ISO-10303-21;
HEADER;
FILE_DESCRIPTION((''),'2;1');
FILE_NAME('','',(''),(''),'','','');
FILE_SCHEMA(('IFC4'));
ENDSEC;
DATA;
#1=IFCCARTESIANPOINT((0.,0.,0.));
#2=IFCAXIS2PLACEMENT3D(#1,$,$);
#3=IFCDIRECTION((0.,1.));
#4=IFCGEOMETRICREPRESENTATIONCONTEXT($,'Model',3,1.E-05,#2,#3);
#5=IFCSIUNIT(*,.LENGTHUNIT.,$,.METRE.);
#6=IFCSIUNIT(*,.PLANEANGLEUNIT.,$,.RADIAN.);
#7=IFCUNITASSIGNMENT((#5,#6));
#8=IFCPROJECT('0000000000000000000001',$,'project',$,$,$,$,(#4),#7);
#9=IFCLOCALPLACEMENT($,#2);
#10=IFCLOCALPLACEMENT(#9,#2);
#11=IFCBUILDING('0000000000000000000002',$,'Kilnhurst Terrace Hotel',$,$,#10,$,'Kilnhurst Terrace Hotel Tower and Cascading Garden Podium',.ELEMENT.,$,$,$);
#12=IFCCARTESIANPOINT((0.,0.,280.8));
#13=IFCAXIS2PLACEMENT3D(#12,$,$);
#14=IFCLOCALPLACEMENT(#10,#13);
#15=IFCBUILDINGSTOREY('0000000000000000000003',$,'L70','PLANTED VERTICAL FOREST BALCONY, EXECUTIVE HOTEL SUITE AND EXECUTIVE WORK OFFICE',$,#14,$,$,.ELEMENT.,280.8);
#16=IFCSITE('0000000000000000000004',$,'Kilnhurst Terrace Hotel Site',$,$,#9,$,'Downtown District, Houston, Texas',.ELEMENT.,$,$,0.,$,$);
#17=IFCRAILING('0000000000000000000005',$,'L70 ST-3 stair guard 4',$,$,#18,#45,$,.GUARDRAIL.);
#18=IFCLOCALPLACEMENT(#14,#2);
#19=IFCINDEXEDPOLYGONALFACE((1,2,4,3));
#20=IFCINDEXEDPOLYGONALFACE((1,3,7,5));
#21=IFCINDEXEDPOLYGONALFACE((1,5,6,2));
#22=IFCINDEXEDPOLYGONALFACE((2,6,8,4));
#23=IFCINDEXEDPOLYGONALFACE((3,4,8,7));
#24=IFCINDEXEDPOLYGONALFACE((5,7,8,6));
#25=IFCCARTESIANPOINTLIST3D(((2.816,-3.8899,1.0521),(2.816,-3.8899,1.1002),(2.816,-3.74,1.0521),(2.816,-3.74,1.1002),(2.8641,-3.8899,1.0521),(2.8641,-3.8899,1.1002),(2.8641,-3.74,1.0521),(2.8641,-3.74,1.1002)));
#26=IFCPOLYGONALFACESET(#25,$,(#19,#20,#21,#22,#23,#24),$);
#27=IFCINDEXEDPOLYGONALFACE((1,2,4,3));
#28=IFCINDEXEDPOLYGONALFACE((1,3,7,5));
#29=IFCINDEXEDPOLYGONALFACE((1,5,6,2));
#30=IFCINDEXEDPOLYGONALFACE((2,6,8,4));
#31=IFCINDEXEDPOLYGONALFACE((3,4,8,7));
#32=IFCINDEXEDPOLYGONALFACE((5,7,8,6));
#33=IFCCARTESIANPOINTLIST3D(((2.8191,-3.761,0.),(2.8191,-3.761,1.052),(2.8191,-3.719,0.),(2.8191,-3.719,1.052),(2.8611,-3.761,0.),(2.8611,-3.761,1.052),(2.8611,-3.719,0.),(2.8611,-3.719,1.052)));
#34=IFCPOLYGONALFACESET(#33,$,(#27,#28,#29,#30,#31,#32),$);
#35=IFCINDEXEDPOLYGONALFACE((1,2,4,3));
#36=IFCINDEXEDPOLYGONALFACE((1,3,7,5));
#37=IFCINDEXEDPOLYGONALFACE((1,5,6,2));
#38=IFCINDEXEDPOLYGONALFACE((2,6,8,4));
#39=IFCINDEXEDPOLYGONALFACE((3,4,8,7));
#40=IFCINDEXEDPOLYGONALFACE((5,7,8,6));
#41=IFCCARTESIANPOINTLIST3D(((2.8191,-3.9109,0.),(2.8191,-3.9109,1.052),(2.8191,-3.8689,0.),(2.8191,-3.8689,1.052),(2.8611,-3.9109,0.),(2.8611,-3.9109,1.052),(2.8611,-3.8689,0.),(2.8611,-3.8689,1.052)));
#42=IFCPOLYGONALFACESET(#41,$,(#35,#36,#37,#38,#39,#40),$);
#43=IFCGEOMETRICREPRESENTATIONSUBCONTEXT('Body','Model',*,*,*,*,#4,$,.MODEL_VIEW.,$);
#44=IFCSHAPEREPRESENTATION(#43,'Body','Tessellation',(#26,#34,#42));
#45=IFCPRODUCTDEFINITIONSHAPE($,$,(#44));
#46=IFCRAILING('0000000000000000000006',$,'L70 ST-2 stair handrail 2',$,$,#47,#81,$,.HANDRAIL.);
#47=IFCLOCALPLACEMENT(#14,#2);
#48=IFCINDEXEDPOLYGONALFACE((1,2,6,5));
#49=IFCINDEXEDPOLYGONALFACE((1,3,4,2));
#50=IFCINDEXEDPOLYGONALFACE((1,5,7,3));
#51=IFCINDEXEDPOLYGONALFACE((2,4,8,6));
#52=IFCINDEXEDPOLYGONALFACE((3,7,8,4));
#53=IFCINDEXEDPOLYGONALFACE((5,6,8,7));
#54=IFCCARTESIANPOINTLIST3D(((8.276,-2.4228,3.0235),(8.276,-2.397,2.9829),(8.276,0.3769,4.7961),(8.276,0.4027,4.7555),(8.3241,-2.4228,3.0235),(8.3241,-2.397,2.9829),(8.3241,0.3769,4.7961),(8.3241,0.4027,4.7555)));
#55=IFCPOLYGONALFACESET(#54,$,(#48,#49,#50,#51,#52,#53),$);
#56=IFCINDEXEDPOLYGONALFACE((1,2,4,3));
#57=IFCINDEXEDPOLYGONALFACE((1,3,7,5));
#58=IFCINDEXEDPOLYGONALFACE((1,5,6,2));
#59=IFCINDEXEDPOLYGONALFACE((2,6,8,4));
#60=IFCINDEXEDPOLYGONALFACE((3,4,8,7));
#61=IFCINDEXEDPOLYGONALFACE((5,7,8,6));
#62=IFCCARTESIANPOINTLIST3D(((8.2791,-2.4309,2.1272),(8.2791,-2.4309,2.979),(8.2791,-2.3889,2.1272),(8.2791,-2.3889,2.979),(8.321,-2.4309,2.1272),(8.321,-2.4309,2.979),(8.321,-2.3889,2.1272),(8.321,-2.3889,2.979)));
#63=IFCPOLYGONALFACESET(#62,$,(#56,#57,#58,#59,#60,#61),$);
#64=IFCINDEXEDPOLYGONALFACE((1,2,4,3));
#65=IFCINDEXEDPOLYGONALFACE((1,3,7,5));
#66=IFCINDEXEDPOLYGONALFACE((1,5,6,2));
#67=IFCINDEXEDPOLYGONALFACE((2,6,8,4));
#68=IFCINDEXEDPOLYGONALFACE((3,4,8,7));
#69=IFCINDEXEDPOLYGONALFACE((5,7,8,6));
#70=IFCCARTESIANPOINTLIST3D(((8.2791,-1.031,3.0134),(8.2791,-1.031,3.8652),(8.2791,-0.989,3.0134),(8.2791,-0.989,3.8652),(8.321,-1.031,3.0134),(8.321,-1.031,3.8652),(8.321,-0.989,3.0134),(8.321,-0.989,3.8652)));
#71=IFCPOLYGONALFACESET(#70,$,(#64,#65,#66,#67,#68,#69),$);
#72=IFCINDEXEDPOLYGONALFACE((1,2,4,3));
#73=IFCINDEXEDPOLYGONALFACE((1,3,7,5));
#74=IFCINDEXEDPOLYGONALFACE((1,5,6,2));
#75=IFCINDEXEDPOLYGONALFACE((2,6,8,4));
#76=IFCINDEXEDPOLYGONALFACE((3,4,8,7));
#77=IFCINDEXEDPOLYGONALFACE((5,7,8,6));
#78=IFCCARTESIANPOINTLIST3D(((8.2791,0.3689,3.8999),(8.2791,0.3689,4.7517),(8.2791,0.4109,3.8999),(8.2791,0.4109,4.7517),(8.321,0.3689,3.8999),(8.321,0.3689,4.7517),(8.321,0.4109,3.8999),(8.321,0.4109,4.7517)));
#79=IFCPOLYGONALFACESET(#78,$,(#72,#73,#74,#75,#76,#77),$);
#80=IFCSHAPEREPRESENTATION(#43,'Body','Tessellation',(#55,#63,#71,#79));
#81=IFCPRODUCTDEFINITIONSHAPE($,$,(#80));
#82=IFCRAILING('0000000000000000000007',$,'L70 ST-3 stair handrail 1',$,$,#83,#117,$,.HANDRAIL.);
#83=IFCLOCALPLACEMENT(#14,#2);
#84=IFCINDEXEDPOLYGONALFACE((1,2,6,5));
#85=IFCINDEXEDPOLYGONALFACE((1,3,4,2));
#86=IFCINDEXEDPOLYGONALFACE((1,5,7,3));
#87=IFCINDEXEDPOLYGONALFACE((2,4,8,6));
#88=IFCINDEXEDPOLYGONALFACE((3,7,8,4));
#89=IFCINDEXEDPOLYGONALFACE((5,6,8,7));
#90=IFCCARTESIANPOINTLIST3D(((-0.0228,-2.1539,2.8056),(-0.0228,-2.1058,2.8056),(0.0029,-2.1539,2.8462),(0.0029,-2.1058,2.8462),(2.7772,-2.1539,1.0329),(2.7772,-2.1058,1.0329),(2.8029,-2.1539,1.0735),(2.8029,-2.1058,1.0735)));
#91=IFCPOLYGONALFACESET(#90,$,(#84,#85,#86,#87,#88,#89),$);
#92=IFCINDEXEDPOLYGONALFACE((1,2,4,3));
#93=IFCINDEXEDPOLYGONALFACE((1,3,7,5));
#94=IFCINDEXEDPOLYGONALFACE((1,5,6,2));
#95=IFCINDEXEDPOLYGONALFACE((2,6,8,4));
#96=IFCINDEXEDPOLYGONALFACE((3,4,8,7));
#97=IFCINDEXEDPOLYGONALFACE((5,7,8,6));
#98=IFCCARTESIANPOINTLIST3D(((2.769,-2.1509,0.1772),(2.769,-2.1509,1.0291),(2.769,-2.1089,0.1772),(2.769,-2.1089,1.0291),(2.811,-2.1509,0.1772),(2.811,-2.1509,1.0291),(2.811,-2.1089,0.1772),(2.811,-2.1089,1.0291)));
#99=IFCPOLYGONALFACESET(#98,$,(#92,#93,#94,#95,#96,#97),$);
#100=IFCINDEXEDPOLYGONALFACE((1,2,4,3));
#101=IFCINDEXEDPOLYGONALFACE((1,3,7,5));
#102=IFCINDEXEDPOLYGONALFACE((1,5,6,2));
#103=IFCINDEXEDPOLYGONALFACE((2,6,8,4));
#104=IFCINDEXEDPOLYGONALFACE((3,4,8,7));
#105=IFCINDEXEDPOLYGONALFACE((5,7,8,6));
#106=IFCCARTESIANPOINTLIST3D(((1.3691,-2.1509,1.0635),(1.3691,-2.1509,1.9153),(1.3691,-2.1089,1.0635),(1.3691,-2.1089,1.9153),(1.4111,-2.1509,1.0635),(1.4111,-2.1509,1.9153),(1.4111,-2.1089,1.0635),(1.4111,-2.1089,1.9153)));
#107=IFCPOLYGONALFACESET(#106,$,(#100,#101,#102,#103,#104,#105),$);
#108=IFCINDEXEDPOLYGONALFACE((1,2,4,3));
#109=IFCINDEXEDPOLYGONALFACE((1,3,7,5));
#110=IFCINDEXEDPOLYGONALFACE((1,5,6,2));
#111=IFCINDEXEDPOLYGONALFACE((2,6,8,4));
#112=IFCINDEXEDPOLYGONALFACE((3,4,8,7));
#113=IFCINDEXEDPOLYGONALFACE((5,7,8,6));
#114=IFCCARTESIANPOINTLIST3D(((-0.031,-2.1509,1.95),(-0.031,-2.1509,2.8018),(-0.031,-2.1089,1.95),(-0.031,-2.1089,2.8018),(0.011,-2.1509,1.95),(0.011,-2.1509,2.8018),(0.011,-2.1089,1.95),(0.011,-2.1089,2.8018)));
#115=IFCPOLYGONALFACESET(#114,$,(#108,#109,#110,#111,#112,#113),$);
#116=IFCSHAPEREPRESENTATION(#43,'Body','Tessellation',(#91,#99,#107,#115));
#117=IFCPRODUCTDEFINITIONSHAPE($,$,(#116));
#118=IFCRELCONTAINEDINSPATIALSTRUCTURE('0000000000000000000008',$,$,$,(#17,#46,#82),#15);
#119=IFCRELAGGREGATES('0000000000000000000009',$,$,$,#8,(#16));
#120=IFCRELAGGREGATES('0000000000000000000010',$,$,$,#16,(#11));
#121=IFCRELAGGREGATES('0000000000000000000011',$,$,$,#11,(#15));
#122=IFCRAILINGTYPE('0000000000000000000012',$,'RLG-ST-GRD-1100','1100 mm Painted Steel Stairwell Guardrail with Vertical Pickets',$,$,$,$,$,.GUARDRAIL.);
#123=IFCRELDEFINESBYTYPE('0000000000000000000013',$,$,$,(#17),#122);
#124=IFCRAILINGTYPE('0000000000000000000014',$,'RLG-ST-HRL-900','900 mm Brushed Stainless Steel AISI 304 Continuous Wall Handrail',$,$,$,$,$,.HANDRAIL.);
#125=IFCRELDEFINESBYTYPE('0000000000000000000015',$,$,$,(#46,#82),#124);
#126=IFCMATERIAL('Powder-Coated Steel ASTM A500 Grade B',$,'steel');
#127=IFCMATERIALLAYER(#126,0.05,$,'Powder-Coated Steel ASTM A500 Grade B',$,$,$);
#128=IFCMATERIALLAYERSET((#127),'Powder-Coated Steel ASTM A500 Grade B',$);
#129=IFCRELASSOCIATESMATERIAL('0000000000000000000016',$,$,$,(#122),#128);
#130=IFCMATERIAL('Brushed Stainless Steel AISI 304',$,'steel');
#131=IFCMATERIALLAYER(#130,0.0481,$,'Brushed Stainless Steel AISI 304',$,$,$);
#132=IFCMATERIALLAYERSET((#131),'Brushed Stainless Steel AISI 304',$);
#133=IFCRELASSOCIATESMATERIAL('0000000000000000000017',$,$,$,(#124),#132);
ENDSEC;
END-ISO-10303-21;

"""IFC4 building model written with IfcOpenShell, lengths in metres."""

from ifc_helpers import new_model, si_unit, direction, frame, origin, origin_2d, place, context, subcontext, project, spatial, rectangle, extrude, material, layer, layer_set, type_object, element, save


model = new_model("IFC4")

# Units and contexts
model_context = context("Model", 3, precision=1e-05, world=origin(), true_north=direction((0.0, 1.0)))
body_context = subcontext(model_context, "Body", "Model", "MODEL_VIEW")
ifc_project = project(units=[si_unit("LENGTHUNIT", "METRE"), si_unit("PLANEANGLEUNIT", "RADIAN")], contexts=[model_context])

# Site, building, storey
site_placement = place(None, origin())
site = spatial("IfcSite", under=ifc_project, at=site_placement, Name="Kilnhurst Terrace Hotel Site", LongName="Downtown District, Houston, Texas", CompositionType="ELEMENT", RefElevation=0.0)
building_placement = place(site_placement, origin())
building = spatial("IfcBuilding", under=site, at=building_placement, Name="Kilnhurst Terrace Hotel", LongName="Kilnhurst Terrace Hotel Tower and Cascading Garden Podium", CompositionType="ELEMENT")
storey_placement = place(building_placement, frame((0.0, 0.0, 280.8)))
storey = spatial("IfcBuildingStorey", under=building, at=storey_placement, Name="L70", Description="PLANTED VERTICAL FOREST BALCONY, EXECUTIVE HOTEL SUITE AND EXECUTIVE WORK OFFICE", CompositionType="ELEMENT", Elevation=280.8)

# Railings
ifc_material_1 = material(Name="Powder-Coated Steel ASTM A500 Grade B", Category="steel")
ifc_layer_1 = layer(ifc_material_1, 0.05, Name="Powder-Coated Steel ASTM A500 Grade B")
ifc_layer_set_1 = layer_set([ifc_layer_1], Name="Powder-Coated Steel ASTM A500 Grade B")
railing_type_1 = type_object("IfcRailingType", Name="RLG-ST-GRD-1100", Description="1100 mm Painted Steel Stairwell Guardrail with Vertical Pickets", PredefinedType="GUARDRAIL", material=ifc_layer_set_1)
railing_1_placement = place(storey_placement, frame((2.8401, -3.74, 0.0)))
element("IfcRailing", 1, at=railing_1_placement, inside=storey, type_object=railing_type_1, Name="L70 ST-3 stair guard 4", PredefinedType="GUARDRAIL", context=body_context, shape_type="SweptSolid", body=[
    extrude(rectangle(XDim=0.0481, YDim=0.0481, at=origin_2d()), frame((0.0, 0.0, 1.0762), z_axis=(0.0, -1.0, 0.0), x_axis=(1.0, 0.0, 0.0)), (0.0, 0.0, 1.0), 0.1499),
    extrude(rectangle(XDim=0.042, YDim=0.042, at=origin_2d()), origin(), (0.0, 0.0, 1.0), 1.052),
    extrude(rectangle(XDim=0.042, YDim=0.042, at=origin_2d()), frame((0.0, -0.1499, 0.0)), (0.0, 0.0, 1.0), 1.052),
])
ifc_material_2 = material(Name="Brushed Stainless Steel AISI 304", Category="steel")
ifc_layer_2 = layer(ifc_material_2, 0.0481, Name="Brushed Stainless Steel AISI 304")
ifc_layer_set_2 = layer_set([ifc_layer_2], Name="Brushed Stainless Steel AISI 304")
railing_type_2 = type_object("IfcRailingType", Name="RLG-ST-HRL-900", Description="900 mm Brushed Stainless Steel AISI 304 Continuous Wall Handrail", PredefinedType="HANDRAIL", material=ifc_layer_set_2)
railing_2_placement = place(storey_placement, frame((8.3, -2.4099, 2.1272)))
element("IfcRailing", 2, at=railing_2_placement, inside=storey, type_object=railing_type_2, Name="L70 ST-2 stair handrail 2", PredefinedType="HANDRAIL", context=body_context, shape_type="SweptSolid", body=[
    extrude(rectangle(XDim=0.0481, YDim=0.0481, at=origin_2d()), frame((0.0, 0.0, 0.876), z_axis=(0.0, 0.844888, 0.534943), x_axis=(-1.0, 0.0, 0.0)), (0.0, 0.0, 1.0), 3.3137),
    extrude(rectangle(XDim=0.042, YDim=0.042, at=origin_2d()), origin(), (0.0, 0.0, 1.0), 0.8518),
    extrude(rectangle(XDim=0.042, YDim=0.042, at=origin_2d()), frame((0.0, 1.3999, 0.8862)), (0.0, 0.0, 1.0), 0.8518),
    extrude(rectangle(XDim=0.042, YDim=0.042, at=origin_2d()), frame((0.0, 2.7998, 1.7727)), (0.0, 0.0, 1.0), 0.8518),
])
railing_3_placement = place(storey_placement, frame((2.79, -2.1299, 0.1772)))
element("IfcRailing", 3, at=railing_3_placement, inside=storey, type_object=railing_type_2, Name="L70 ST-3 stair handrail 1", PredefinedType="HANDRAIL", context=body_context, shape_type="SweptSolid", body=[
    extrude(rectangle(XDim=0.0481, YDim=0.0481, at=origin_2d()), frame((0.0, 0.0, 0.876), z_axis=(-0.844909, 0.0, 0.53491), x_axis=(0.0, -1.0, 0.0)), (0.0, 0.0, 1.0), 3.314),
    extrude(rectangle(XDim=0.042, YDim=0.042, at=origin_2d()), origin(), (0.0, 0.0, 1.0), 0.8518),
    extrude(rectangle(XDim=0.042, YDim=0.042, at=origin_2d()), frame((-1.3999, 0.0, 0.8862)), (0.0, 0.0, 1.0), 0.8518),
    extrude(rectangle(XDim=0.042, YDim=0.042, at=origin_2d()), frame((-2.8, 0.0, 1.7727)), (0.0, 0.0, 1.0), 0.8518),
])

save(model, "model.ifc")
